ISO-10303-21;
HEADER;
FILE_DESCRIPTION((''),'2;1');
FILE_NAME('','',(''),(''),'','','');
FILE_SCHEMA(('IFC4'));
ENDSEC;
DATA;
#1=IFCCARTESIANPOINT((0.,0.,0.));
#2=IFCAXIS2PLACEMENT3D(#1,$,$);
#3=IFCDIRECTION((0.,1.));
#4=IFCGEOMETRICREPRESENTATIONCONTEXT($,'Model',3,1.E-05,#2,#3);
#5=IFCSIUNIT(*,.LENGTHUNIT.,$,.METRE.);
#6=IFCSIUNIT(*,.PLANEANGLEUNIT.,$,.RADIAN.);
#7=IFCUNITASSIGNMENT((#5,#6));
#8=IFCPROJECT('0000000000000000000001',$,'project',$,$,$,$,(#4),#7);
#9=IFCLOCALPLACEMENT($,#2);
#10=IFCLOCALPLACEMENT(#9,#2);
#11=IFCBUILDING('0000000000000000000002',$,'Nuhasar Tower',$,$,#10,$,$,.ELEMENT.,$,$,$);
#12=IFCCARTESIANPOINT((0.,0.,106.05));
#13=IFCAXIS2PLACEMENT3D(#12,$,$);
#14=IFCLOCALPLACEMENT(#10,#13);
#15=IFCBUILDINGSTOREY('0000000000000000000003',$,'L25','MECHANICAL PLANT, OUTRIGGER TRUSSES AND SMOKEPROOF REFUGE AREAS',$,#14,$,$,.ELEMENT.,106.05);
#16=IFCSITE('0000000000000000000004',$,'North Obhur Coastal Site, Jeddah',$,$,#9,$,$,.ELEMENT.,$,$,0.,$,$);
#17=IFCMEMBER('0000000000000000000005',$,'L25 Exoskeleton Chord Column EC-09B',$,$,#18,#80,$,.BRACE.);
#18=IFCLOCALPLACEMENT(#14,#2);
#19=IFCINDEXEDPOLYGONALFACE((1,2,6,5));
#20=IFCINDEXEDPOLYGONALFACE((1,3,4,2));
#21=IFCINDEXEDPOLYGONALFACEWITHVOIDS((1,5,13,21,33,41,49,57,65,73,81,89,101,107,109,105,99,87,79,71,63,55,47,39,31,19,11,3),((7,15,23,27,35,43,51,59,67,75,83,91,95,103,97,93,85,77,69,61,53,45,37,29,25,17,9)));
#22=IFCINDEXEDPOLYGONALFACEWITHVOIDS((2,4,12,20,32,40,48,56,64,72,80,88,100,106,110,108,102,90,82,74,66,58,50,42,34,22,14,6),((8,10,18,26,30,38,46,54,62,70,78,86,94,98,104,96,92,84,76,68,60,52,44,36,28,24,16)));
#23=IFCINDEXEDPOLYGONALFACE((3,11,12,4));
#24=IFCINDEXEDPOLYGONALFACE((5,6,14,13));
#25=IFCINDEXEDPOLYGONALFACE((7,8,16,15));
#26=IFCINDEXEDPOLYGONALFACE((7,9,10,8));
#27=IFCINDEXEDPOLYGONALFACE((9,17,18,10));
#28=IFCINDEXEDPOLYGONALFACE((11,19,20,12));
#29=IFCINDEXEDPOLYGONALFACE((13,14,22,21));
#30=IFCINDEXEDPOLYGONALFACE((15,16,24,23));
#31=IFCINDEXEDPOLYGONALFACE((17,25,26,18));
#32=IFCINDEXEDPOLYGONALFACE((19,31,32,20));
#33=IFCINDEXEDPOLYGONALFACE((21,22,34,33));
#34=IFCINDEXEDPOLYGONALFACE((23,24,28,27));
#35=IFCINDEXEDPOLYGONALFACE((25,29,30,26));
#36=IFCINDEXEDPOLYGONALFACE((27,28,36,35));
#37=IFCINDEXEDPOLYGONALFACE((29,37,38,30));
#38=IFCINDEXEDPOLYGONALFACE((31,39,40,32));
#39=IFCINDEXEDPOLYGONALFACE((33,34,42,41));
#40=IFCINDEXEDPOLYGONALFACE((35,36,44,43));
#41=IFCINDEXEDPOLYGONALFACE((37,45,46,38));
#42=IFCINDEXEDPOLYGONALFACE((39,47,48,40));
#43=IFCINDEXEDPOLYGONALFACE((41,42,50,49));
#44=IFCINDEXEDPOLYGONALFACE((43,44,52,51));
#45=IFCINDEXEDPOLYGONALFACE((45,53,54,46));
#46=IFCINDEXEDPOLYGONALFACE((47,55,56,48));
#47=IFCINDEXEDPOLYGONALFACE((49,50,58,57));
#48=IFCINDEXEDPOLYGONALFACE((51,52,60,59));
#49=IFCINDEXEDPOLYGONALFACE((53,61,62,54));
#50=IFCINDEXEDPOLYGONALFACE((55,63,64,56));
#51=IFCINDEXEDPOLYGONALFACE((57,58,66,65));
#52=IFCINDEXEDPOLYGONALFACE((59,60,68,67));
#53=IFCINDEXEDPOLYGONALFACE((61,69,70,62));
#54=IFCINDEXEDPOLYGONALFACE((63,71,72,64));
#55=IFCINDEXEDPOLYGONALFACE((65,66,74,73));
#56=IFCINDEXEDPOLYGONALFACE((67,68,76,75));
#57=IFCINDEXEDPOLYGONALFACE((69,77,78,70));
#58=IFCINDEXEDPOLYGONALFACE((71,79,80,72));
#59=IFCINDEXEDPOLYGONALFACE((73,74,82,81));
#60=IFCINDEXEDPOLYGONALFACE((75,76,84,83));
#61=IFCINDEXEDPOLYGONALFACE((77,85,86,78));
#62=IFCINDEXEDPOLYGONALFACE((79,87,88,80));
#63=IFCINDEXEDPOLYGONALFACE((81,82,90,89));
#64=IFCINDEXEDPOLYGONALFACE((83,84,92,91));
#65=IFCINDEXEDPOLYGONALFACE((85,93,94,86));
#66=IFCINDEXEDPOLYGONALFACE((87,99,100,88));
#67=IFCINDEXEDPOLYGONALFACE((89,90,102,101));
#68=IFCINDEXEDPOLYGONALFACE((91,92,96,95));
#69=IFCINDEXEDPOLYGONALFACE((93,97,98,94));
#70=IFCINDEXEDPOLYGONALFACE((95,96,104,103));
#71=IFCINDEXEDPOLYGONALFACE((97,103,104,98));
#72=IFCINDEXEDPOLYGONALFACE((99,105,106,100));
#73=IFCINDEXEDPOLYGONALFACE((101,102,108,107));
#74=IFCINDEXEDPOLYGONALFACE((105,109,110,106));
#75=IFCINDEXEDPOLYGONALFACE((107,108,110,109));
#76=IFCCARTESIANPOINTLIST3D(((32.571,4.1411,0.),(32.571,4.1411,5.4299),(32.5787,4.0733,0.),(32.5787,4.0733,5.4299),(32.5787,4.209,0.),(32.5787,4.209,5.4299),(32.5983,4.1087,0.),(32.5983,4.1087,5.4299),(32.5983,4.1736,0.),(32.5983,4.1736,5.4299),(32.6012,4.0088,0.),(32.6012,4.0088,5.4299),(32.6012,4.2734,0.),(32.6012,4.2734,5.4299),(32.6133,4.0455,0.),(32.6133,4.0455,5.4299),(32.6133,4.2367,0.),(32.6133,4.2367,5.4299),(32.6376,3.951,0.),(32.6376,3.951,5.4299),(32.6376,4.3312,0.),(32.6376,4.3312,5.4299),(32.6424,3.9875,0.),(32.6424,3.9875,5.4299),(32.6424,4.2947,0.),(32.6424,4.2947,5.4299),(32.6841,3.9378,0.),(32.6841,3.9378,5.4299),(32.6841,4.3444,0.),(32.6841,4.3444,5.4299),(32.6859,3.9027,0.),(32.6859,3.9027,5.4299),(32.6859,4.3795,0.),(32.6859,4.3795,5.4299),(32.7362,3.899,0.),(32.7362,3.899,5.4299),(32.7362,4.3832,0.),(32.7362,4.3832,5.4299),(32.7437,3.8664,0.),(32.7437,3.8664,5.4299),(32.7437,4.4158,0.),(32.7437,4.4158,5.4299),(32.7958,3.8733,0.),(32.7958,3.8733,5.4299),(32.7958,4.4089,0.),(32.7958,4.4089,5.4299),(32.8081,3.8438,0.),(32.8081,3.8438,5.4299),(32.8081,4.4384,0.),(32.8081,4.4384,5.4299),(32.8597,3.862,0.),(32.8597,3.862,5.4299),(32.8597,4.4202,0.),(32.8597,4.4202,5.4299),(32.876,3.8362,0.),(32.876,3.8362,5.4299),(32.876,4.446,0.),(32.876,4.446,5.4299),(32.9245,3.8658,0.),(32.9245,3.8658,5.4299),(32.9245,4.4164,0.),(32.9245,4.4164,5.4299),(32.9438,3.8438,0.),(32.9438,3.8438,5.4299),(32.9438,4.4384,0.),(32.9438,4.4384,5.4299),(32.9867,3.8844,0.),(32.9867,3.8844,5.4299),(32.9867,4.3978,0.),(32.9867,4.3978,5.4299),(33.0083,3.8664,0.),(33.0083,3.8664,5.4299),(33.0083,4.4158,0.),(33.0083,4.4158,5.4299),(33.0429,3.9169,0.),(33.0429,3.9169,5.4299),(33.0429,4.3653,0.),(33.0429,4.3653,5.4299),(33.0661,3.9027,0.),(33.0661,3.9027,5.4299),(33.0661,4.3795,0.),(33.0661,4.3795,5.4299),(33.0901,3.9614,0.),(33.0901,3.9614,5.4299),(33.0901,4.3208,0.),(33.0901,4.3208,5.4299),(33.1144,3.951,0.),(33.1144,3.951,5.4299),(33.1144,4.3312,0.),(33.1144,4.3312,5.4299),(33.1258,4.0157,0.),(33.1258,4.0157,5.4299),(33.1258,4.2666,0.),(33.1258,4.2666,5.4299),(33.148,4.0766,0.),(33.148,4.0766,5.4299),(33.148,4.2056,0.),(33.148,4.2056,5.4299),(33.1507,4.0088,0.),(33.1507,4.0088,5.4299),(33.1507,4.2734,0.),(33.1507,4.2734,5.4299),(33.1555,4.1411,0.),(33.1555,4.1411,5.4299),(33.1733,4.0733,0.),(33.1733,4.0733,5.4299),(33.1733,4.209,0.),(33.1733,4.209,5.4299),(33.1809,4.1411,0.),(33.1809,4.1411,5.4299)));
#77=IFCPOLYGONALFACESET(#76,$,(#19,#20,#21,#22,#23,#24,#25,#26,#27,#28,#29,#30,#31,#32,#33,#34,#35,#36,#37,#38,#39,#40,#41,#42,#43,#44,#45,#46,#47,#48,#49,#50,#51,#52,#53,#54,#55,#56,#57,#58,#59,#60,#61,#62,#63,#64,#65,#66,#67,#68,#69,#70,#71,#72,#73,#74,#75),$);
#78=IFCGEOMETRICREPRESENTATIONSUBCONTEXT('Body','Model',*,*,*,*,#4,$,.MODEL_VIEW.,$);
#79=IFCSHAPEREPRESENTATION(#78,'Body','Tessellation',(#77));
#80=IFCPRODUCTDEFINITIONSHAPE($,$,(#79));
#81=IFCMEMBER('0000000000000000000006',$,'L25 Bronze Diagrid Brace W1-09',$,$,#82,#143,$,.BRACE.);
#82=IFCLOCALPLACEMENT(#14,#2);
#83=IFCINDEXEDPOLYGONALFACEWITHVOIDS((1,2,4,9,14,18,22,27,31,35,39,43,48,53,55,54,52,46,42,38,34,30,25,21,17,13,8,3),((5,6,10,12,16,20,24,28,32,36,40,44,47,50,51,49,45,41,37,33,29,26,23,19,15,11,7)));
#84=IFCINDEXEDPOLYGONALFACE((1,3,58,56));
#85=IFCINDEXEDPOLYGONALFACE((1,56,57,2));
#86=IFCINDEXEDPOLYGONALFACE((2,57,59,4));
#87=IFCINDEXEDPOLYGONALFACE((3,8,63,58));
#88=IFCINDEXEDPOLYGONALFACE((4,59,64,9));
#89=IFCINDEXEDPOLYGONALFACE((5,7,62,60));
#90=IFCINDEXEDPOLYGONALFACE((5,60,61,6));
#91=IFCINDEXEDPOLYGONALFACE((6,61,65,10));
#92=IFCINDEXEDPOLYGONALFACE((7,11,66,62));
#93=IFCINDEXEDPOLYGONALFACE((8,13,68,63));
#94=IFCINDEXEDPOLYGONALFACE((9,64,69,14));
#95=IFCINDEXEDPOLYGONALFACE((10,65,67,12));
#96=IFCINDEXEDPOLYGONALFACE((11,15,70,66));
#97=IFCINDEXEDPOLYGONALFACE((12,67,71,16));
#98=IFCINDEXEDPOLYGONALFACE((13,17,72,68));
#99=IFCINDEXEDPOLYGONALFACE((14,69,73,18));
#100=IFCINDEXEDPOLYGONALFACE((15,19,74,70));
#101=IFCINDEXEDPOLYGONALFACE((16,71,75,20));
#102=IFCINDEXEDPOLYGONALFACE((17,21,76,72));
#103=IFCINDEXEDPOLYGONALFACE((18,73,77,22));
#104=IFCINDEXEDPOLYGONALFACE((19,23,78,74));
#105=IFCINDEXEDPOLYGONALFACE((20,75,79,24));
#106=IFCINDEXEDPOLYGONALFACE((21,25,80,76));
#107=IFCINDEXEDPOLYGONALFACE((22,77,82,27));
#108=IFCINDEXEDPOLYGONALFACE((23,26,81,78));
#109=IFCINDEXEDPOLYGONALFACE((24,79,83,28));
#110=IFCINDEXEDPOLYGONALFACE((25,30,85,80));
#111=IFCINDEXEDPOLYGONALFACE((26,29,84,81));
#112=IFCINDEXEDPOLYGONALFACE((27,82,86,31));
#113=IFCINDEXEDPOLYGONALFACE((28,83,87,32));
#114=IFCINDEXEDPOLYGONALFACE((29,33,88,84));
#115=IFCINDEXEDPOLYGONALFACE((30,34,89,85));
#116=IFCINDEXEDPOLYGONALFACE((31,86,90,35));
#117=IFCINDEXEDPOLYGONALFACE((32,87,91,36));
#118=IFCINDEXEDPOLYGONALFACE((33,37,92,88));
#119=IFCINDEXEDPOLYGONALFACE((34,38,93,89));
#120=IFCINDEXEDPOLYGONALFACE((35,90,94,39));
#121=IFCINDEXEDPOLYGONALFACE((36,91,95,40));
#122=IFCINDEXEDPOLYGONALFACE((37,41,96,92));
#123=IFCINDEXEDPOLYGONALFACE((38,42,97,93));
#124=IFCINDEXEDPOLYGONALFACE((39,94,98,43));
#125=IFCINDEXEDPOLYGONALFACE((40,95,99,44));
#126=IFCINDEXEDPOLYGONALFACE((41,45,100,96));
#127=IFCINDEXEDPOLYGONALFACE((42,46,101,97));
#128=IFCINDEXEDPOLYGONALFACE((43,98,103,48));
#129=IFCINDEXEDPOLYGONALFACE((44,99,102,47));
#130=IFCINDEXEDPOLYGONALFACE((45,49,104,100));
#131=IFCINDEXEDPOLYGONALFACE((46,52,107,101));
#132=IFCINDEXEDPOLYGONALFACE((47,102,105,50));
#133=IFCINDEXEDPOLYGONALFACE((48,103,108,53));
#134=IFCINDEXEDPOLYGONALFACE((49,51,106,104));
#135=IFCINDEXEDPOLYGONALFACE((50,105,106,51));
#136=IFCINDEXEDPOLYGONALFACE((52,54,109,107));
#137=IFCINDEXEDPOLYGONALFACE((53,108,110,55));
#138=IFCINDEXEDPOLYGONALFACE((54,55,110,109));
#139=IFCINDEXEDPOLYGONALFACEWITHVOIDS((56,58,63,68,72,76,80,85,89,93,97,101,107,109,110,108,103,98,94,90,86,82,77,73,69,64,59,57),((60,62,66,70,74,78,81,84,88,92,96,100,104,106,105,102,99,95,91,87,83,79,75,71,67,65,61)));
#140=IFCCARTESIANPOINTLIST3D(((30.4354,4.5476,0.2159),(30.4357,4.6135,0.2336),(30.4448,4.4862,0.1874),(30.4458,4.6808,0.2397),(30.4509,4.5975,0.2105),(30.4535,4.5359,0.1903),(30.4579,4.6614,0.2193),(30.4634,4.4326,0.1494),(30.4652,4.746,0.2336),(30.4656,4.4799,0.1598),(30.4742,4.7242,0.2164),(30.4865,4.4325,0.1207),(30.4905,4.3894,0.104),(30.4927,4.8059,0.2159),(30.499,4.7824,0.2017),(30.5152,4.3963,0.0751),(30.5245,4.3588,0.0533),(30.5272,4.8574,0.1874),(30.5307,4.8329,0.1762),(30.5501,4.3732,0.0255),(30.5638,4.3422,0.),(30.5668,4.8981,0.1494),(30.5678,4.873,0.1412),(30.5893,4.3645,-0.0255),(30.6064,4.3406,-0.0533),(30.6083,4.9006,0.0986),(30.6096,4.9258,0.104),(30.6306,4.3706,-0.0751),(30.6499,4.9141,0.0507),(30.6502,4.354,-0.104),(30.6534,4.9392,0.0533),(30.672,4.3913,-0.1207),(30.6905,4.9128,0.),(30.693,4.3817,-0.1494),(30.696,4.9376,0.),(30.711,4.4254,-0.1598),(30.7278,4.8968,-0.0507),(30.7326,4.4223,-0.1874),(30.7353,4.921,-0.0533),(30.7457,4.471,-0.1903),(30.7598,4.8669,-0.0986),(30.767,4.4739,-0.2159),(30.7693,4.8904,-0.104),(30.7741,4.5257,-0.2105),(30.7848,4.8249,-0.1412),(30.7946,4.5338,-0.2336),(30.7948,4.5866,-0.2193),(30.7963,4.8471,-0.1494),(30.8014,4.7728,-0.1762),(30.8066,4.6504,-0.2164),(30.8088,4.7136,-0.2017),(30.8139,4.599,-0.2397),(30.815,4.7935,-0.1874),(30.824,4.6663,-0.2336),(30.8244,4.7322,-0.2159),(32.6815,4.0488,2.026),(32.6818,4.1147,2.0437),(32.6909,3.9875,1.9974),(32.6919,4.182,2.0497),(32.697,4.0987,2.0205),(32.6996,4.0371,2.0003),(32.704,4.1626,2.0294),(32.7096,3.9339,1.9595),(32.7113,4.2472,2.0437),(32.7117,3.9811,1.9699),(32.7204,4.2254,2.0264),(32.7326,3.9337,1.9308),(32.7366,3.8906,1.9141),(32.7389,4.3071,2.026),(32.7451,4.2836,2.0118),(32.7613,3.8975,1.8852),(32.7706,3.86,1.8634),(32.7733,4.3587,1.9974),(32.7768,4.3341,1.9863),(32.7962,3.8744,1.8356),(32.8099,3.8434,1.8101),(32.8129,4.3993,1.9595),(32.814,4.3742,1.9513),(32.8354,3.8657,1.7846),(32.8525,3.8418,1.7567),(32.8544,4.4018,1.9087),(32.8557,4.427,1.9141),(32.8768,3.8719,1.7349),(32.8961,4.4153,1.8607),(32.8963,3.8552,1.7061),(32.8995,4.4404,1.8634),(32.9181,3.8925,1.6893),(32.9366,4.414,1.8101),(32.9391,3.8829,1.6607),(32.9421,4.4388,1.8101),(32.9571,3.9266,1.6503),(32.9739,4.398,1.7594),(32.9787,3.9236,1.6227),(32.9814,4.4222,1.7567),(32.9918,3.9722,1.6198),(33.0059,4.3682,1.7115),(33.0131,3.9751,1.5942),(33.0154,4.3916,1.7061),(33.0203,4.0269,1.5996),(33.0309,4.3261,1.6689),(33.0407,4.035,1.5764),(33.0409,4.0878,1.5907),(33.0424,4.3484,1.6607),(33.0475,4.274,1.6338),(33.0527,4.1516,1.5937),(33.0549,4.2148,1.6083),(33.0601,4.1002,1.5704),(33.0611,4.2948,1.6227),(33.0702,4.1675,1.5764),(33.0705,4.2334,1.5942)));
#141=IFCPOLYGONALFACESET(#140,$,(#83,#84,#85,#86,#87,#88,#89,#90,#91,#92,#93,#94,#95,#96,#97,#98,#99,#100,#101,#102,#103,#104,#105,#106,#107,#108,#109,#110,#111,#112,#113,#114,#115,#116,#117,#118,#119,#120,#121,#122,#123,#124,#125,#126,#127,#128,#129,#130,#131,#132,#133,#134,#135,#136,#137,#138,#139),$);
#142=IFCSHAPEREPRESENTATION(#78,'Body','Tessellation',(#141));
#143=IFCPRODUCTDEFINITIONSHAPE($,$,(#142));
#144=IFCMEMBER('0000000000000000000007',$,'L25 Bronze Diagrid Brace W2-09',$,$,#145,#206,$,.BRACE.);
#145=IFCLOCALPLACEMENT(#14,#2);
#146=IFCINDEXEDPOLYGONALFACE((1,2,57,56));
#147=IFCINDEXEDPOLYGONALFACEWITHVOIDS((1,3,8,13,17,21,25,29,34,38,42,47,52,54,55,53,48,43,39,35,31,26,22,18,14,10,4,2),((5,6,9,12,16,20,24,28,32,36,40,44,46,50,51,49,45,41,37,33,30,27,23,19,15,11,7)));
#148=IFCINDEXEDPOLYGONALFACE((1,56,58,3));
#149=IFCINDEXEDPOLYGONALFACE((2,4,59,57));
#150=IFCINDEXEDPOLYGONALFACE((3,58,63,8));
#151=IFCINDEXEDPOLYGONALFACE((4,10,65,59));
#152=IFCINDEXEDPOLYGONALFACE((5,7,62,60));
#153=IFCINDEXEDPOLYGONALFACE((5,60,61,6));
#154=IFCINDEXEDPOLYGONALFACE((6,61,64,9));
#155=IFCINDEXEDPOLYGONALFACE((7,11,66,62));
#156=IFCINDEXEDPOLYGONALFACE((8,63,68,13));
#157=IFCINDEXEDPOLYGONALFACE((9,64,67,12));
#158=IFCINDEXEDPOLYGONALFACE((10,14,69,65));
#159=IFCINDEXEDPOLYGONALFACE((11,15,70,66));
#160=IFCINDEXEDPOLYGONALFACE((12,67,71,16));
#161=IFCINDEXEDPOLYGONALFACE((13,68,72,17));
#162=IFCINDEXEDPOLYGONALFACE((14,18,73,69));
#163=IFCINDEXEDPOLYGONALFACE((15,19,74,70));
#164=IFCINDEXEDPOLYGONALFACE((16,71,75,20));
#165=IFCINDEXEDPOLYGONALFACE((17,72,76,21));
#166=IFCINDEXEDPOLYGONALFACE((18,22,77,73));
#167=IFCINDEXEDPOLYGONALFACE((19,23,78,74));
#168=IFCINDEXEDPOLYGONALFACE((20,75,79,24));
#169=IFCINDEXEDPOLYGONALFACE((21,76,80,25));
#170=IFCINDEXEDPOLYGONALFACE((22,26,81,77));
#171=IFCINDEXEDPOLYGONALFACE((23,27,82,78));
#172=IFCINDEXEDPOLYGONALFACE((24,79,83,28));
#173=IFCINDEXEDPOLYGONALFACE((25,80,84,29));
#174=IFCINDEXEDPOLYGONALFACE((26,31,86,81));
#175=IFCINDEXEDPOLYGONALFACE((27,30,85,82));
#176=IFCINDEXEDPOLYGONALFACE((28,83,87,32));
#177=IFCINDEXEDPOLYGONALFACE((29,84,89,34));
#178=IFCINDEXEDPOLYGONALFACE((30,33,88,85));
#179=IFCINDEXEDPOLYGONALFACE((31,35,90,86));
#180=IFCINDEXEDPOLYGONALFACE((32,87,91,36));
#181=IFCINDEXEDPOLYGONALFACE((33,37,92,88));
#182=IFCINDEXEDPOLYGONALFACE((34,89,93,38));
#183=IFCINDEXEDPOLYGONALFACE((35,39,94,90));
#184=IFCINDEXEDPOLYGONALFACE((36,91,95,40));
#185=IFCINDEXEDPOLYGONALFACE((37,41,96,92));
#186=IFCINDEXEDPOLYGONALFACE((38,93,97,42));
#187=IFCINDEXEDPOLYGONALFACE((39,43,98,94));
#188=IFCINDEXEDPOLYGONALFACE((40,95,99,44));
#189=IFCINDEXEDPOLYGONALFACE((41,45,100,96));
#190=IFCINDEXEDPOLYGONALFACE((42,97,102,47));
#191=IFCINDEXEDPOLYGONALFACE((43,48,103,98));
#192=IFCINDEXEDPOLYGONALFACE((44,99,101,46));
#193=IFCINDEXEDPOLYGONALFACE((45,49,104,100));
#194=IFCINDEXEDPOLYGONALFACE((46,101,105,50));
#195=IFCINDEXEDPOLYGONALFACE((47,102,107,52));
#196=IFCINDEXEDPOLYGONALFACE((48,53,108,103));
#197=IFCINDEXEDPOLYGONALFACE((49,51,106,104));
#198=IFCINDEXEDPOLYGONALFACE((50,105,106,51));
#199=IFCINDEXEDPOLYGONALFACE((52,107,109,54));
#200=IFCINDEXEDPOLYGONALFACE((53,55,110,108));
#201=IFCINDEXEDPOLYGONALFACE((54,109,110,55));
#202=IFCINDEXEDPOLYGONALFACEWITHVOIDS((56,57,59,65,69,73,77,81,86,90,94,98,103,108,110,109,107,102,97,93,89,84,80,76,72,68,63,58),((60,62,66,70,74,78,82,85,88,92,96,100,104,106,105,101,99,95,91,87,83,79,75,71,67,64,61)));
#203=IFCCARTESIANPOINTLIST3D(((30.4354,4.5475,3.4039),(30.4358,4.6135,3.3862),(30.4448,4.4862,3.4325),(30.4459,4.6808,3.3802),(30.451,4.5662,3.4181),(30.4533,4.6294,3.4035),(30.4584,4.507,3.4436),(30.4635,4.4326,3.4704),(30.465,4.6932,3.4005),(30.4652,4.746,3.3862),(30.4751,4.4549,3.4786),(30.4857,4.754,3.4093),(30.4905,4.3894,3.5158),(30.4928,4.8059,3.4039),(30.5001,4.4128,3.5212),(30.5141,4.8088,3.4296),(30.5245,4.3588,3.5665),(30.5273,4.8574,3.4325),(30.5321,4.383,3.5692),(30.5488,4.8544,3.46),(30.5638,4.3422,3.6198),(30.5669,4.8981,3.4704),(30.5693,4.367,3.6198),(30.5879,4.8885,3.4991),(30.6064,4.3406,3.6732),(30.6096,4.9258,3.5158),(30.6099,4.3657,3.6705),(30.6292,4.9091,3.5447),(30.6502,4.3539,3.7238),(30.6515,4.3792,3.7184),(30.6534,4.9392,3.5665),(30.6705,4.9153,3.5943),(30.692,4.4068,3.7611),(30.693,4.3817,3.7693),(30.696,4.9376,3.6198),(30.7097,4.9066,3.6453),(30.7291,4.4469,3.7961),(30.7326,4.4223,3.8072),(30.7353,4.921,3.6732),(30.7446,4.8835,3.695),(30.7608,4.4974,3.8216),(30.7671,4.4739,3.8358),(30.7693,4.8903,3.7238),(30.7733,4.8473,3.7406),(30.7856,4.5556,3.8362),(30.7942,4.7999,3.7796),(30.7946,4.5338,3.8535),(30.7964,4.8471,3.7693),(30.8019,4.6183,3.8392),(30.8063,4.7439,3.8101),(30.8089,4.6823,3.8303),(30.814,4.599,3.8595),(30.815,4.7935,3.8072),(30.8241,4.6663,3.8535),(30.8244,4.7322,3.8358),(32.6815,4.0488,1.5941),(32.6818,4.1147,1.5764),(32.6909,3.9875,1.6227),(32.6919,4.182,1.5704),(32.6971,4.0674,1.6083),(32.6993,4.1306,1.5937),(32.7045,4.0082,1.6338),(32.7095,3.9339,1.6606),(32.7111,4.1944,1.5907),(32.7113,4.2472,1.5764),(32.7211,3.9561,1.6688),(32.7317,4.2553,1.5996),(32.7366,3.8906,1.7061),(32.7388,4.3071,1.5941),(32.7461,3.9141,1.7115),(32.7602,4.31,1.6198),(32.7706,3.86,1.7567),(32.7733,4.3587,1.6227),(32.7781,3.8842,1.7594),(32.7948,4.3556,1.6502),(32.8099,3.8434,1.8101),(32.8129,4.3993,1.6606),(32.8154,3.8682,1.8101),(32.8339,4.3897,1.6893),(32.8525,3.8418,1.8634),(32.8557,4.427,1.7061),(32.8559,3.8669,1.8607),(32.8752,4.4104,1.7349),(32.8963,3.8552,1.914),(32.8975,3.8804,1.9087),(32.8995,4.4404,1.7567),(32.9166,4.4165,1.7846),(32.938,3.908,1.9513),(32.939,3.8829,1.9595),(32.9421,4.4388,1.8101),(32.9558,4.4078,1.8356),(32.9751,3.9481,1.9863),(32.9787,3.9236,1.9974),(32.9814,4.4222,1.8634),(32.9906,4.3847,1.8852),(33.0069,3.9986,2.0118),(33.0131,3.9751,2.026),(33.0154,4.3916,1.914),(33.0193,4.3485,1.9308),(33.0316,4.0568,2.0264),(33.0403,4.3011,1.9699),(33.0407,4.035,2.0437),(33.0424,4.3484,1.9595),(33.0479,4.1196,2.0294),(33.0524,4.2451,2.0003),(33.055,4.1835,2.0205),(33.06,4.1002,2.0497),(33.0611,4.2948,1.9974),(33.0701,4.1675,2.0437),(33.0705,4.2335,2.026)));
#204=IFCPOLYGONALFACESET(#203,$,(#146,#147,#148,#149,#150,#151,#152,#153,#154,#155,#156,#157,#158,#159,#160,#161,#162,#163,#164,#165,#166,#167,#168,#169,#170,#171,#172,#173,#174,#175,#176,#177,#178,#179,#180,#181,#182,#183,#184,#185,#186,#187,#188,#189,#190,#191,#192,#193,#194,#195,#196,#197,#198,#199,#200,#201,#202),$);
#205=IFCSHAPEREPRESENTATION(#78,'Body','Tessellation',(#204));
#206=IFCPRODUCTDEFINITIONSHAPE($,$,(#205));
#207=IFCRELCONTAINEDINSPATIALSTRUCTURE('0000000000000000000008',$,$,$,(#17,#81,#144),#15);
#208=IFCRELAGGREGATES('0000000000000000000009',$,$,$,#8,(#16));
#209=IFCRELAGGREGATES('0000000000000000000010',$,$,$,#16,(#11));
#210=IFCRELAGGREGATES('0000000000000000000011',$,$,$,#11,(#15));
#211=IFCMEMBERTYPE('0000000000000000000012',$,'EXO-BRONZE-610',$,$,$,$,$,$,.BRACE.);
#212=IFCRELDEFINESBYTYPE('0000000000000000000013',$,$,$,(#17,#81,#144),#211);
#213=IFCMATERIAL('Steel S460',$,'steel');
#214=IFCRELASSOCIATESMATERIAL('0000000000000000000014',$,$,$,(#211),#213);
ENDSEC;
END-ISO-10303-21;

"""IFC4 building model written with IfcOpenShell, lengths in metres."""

from ifc_helpers import new_model, si_unit, direction, frame, origin, origin_2d, place, context, subcontext, project, spatial, hollow_circle, extrude, material, material_profile, profile_set, type_object, element, save


model = new_model("IFC4")

# Units and contexts
model_context = context("Model", 3, precision=1e-05, world=origin(), true_north=direction((0.0, 1.0)))
body_context = subcontext(model_context, "Body", "Model", "MODEL_VIEW")
ifc_project = project(units=[si_unit("LENGTHUNIT", "METRE"), si_unit("PLANEANGLEUNIT", "RADIAN")], contexts=[model_context])

# Site, building, storey
site_placement = place(None, origin())
site = spatial("IfcSite", under=ifc_project, at=site_placement, Name="North Obhur Coastal Site, Jeddah", CompositionType="ELEMENT", RefElevation=0.0)
building_placement = place(site_placement, origin())
building = spatial("IfcBuilding", under=site, at=building_placement, Name="Nuhasar Tower", CompositionType="ELEMENT")
storey_placement = place(building_placement, frame((0.0, 0.0, 106.05)))
storey = spatial("IfcBuildingStorey", under=building, at=storey_placement, Name="L25", Description="MECHANICAL PLANT, OUTRIGGER TRUSSES AND SMOKEPROOF REFUGE AREAS", CompositionType="ELEMENT", Elevation=106.05)

# Members
ifc_material_1 = material(Name="Steel S460", Category="steel")
ifc_material_profile_1 = material_profile(ifc_material_1, hollow_circle(Radius=0.3049, WallThickness=0.0254, at=origin_2d()), Name="HSS610X25.4")
ifc_profile_set_1 = profile_set([ifc_material_profile_1], Name="Steel S460")
member_type_1 = type_object("IfcMemberType", Name="EXO-BRONZE-610", PredefinedType="BRACE", material=ifc_profile_set_1)
for number, where, z_axis, x_axis, name in (
    (1, (32.876, 4.1411, 0.0), (0.0, 0.0, 1.0), (1.0, 0.0, 0.0), "L25 Exoskeleton Chord Column EC-09B"),
):
    element("IfcMember", number, at=place(storey_placement, frame(where, z_axis=z_axis, x_axis=x_axis)), inside=storey, type_object=member_type_1, Name=name, PredefinedType="BRACE", context=body_context, shape_type="SweptSolid", body=[
        extrude(hollow_circle(Radius=0.3049, WallThickness=0.0254, at=origin_2d()), origin(), (0.0, 0.0, 1.0), 5.4299),
    ])
member_1_placement = place(storey_placement, frame((30.6299, 4.6399, 0.0), z_axis=(0.76725, -0.170379, 0.618303), x_axis=(0.216784, 0.97622, 0.0)))
element("IfcMember", 2, at=member_1_placement, inside=storey, type_object=member_type_1, Name="L25 Bronze Diagrid Brace W1-09", PredefinedType="BRACE", context=body_context, shape_type="SweptSolid", body=[
    extrude(hollow_circle(Radius=0.3049, WallThickness=0.0254, at=origin_2d()), origin(), (0.0, 0.0, 1.0), 2.9275),
])
member_2_placement = place(storey_placement, frame((32.876, 4.1411, 1.8101), z_axis=(-0.767289, 0.170388, 0.618252), x_axis=(-0.216784, -0.97622, 0.0)))
element("IfcMember", 3, at=member_2_placement, inside=storey, type_object=member_type_1, Name="L25 Bronze Diagrid Brace W2-09", PredefinedType="BRACE", context=body_context, shape_type="SweptSolid", body=[
    extrude(hollow_circle(Radius=0.3049, WallThickness=0.0254, at=origin_2d()), origin(), (0.0, 0.0, 1.0), 2.9272),
])

save(model, "model.ifc")
